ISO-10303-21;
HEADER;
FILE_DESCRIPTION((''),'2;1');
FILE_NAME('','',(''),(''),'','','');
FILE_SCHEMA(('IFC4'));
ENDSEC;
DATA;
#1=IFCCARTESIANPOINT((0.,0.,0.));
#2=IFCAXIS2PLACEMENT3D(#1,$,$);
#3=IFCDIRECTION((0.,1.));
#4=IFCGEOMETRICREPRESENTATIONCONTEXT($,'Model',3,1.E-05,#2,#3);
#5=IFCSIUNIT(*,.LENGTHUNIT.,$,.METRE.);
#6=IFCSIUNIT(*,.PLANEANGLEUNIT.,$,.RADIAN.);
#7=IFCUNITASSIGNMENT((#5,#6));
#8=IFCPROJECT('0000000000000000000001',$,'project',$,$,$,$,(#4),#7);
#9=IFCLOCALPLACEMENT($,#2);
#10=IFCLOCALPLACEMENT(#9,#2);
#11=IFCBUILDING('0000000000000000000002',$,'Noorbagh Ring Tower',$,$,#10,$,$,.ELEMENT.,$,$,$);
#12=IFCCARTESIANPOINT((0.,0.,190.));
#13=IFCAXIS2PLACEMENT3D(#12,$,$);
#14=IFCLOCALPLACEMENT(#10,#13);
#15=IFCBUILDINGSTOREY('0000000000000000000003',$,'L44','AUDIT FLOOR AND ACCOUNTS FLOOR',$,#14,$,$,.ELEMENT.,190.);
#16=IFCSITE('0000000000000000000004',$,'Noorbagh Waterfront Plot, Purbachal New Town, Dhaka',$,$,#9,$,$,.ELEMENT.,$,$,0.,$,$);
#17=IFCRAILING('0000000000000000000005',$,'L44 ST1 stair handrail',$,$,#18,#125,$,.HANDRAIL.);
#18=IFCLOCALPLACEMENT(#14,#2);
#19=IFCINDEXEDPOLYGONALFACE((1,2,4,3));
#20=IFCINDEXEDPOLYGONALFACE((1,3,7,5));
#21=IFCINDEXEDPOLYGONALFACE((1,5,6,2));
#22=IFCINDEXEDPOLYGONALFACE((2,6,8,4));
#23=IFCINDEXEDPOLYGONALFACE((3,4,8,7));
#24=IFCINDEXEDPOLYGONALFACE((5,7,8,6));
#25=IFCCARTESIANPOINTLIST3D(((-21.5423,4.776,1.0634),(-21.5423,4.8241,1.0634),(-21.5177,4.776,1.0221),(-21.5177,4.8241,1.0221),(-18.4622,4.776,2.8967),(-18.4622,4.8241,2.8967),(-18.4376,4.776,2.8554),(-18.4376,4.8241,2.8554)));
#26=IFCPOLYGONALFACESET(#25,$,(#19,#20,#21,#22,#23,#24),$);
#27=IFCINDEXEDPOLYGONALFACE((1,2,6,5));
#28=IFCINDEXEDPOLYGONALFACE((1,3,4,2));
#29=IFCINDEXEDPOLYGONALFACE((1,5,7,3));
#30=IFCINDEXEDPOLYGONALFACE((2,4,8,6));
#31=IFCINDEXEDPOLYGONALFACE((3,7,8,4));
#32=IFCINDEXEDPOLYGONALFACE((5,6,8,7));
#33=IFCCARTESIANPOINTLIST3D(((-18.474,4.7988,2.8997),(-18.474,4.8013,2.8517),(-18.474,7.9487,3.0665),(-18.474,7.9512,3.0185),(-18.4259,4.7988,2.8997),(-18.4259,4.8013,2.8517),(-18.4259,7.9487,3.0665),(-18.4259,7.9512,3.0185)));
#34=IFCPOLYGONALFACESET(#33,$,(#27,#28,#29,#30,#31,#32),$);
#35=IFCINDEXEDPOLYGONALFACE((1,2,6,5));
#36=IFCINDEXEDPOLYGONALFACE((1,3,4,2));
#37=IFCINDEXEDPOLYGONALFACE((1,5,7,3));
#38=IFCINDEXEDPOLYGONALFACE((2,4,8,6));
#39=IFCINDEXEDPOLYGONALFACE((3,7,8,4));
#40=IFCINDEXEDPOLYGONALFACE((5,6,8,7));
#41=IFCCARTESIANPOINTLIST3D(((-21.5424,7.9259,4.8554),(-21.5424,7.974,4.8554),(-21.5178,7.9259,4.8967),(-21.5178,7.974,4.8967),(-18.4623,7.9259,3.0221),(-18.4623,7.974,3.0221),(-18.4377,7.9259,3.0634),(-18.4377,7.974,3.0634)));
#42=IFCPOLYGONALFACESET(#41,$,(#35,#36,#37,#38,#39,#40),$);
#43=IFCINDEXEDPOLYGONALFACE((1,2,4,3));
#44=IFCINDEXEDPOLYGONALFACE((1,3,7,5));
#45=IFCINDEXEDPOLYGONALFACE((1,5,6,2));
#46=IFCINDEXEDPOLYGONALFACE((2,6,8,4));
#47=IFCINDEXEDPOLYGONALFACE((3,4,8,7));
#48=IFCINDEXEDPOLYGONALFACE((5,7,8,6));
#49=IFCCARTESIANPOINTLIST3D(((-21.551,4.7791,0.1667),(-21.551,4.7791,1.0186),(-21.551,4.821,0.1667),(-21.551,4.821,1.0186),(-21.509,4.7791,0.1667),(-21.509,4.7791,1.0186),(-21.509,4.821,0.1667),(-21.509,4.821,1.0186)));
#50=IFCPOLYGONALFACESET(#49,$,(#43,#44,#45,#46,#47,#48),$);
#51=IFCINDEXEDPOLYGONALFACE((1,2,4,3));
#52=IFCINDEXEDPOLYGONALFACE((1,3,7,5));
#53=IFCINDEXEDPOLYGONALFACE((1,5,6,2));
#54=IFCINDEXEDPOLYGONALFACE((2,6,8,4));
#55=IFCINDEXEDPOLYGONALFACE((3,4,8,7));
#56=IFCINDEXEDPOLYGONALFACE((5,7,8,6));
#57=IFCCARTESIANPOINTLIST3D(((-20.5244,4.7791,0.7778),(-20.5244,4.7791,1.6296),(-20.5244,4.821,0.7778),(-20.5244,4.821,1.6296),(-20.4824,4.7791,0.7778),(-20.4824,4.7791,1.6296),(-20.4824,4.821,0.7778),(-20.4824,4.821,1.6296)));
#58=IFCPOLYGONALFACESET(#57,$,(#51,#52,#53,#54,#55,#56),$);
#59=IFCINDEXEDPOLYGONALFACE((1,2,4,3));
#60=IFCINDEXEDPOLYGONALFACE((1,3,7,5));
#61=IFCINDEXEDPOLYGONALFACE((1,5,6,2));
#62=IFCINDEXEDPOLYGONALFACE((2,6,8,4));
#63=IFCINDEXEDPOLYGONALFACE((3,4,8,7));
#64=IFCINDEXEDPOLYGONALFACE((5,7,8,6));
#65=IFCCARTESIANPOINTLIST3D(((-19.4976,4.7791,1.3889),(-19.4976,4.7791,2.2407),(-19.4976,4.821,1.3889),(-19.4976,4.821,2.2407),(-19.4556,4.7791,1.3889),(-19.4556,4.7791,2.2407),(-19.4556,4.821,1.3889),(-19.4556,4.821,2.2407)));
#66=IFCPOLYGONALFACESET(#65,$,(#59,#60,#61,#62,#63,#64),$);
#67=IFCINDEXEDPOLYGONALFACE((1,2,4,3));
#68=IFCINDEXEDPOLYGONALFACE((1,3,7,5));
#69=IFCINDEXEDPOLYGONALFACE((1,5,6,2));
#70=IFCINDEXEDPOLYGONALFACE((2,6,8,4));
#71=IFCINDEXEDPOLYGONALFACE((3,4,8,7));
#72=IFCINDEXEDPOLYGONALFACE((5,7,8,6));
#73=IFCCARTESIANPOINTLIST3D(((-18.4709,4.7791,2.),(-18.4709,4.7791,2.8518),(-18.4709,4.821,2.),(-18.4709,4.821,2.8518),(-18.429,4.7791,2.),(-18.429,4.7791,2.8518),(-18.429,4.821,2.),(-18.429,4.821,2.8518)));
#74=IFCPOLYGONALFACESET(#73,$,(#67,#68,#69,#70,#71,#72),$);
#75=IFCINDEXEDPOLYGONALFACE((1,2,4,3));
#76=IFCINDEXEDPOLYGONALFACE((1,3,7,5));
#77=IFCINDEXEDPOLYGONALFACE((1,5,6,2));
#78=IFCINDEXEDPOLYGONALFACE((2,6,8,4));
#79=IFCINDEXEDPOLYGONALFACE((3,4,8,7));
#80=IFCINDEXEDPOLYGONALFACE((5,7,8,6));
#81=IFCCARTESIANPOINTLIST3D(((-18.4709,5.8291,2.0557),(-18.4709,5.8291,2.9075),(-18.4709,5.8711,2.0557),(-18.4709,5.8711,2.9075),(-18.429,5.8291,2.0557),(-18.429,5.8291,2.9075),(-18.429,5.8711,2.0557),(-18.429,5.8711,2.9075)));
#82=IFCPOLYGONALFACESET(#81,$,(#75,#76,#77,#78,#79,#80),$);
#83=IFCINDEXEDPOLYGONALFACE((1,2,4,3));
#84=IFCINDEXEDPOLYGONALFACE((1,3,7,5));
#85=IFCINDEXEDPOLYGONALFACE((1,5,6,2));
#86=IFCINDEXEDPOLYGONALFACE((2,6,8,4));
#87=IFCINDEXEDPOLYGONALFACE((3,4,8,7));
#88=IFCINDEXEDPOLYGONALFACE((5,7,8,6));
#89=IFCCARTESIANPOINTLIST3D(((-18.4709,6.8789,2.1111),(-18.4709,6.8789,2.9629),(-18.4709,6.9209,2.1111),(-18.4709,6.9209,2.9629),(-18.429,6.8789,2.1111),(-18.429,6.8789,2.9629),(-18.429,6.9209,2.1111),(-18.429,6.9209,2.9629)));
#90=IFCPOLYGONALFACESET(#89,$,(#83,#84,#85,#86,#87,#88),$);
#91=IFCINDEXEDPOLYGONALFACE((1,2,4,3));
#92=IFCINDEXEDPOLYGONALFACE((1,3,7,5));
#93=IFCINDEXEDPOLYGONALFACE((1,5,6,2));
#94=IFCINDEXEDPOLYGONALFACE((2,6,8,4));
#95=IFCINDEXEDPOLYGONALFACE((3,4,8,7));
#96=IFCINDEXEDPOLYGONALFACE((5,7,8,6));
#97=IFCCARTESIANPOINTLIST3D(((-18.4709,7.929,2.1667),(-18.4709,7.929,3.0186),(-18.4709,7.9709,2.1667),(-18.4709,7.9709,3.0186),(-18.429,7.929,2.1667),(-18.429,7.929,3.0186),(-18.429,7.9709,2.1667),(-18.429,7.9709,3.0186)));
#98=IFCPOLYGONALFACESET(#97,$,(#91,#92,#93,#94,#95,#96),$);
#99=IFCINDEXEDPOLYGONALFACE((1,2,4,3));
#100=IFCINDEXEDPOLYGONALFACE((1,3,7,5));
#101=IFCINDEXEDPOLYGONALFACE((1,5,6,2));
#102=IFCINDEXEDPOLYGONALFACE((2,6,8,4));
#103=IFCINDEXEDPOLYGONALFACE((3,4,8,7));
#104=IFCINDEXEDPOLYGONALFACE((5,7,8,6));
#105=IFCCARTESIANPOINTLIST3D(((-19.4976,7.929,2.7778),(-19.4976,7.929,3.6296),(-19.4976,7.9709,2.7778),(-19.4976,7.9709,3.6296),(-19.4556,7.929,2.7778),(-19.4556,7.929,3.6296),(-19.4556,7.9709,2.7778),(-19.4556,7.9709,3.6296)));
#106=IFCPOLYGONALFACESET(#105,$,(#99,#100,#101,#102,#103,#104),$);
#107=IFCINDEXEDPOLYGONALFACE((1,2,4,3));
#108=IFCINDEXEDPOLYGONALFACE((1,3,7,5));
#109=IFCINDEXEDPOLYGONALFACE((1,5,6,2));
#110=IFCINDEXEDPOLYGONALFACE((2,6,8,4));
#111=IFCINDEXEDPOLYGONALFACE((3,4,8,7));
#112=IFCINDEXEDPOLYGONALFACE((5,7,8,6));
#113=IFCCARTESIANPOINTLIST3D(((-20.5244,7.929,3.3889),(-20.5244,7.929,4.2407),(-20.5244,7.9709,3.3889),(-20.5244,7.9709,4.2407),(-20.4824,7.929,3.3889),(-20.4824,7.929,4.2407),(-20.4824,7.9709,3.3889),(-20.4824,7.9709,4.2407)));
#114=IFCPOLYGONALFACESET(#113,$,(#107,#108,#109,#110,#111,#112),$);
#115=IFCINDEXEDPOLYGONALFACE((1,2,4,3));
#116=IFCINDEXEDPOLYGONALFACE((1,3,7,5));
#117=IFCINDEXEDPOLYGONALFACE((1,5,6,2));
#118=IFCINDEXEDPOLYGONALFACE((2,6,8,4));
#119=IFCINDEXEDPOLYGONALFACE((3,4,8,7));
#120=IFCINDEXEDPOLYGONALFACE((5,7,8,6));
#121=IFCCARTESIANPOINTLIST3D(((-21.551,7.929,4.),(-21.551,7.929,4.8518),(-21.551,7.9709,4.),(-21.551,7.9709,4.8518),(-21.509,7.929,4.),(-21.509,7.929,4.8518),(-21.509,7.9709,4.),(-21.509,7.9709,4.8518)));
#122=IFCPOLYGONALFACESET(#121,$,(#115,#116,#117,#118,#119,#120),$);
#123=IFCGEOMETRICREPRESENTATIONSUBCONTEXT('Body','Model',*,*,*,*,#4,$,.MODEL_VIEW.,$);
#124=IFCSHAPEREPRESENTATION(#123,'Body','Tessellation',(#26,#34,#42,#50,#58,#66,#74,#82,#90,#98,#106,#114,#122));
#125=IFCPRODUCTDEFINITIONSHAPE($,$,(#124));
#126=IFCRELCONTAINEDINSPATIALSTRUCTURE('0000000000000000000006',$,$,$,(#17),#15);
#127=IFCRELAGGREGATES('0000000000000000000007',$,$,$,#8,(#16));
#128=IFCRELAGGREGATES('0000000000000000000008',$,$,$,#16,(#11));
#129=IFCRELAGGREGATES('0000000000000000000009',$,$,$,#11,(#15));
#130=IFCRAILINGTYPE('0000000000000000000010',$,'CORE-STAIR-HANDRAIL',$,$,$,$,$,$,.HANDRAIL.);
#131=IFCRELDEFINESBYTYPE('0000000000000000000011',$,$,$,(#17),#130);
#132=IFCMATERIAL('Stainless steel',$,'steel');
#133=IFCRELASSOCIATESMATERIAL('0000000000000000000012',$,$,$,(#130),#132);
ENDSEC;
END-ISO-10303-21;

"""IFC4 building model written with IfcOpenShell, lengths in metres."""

from ifc_helpers import new_model, si_unit, direction, frame, origin, origin_2d, place, context, subcontext, project, spatial, rectangle, extrude, material, type_object, element, save


model = new_model("IFC4")

# Units and contexts
model_context = context("Model", 3, precision=1e-05, world=origin(), true_north=direction((0.0, 1.0)))
body_context = subcontext(model_context, "Body", "Model", "MODEL_VIEW")
ifc_project = project(units=[si_unit("LENGTHUNIT", "METRE"), si_unit("PLANEANGLEUNIT", "RADIAN")], contexts=[model_context])

# Site, building, storey
site_placement = place(None, origin())
site = spatial("IfcSite", under=ifc_project, at=site_placement, Name="Noorbagh Waterfront Plot, Purbachal New Town, Dhaka", CompositionType="ELEMENT", RefElevation=0.0)
building_placement = place(site_placement, origin())
building = spatial("IfcBuilding", under=site, at=building_placement, Name="Noorbagh Ring Tower", CompositionType="ELEMENT")
storey_placement = place(building_placement, frame((0.0, 0.0, 190.0)))
storey = spatial("IfcBuildingStorey", under=building, at=storey_placement, Name="L44", Description="AUDIT FLOOR AND ACCOUNTS FLOOR", CompositionType="ELEMENT", Elevation=190.0)

# Railing
ifc_material_1 = material(Name="Stainless steel", Category="steel")
railing_type_1 = type_object("IfcRailingType", Name="CORE-STAIR-HANDRAIL", PredefinedType="HANDRAIL", material=ifc_material_1)
railing_1_placement = place(storey_placement, frame((-21.53, 4.8, 0.1667)))
element("IfcRailing", 1, at=railing_1_placement, inside=storey, type_object=railing_type_1, Name="L44 ST1 stair handrail", PredefinedType="HANDRAIL", context=body_context, shape_type="SweptSolid", body=[
    extrude(rectangle(XDim=0.0481, YDim=0.0481, at=origin_2d()), frame((0.0, 0.0, 0.876), z_axis=(0.859309, 0.0, 0.511458), x_axis=(0.0, 1.0, 0.0)), (0.0, 0.0, 1.0), 3.5845),
    extrude(rectangle(XDim=0.0481, YDim=0.0481, at=origin_2d()), frame((3.0801, 0.0, 2.709), z_axis=(0.0, 0.998602, 0.052864), x_axis=(-1.0, 0.0, 0.0)), (0.0, 0.0, 1.0), 3.1543),
    extrude(rectangle(XDim=0.0481, YDim=0.0481, at=origin_2d()), frame((3.0801, 3.1499, 2.876), z_axis=(-0.859309, 0.0, 0.511458), x_axis=(0.0, -1.0, 0.0)), (0.0, 0.0, 1.0), 3.5845),
    extrude(rectangle(XDim=0.042, YDim=0.042, at=origin_2d()), origin(), (0.0, 0.0, 1.0), 0.8518),
    extrude(rectangle(XDim=0.042, YDim=0.042, at=origin_2d()), frame((1.0266, 0.0, 0.6111)), (0.0, 0.0, 1.0), 0.8518),
    extrude(rectangle(XDim=0.042, YDim=0.042, at=origin_2d()), frame((2.0535, 0.0, 1.2222)), (0.0, 0.0, 1.0), 0.8518),
    extrude(rectangle(XDim=0.042, YDim=0.042, at=origin_2d()), frame((3.0801, 0.0, 1.8333)), (0.0, 0.0, 1.0), 0.8518),
    extrude(rectangle(XDim=0.042, YDim=0.042, at=origin_2d()), frame((3.0801, 1.05, 1.8889)), (0.0, 0.0, 1.0), 0.8518),
    extrude(rectangle(XDim=0.042, YDim=0.042, at=origin_2d()), frame((3.0801, 2.0999, 1.9443)), (0.0, 0.0, 1.0), 0.8518),
    extrude(rectangle(XDim=0.042, YDim=0.042, at=origin_2d()), frame((3.0801, 3.1499, 2.0)), (0.0, 0.0, 1.0), 0.8518),
    extrude(rectangle(XDim=0.042, YDim=0.042, at=origin_2d()), frame((2.0535, 3.1499, 2.6111)), (0.0, 0.0, 1.0), 0.8518),
    extrude(rectangle(XDim=0.042, YDim=0.042, at=origin_2d()), frame((1.0266, 3.1499, 3.2222)), (0.0, 0.0, 1.0), 0.8518),
    extrude(rectangle(XDim=0.042, YDim=0.042, at=origin_2d()), frame((0.0, 3.1499, 3.8333)), (0.0, 0.0, 1.0), 0.8518),
])

save(model, "model.ifc")
